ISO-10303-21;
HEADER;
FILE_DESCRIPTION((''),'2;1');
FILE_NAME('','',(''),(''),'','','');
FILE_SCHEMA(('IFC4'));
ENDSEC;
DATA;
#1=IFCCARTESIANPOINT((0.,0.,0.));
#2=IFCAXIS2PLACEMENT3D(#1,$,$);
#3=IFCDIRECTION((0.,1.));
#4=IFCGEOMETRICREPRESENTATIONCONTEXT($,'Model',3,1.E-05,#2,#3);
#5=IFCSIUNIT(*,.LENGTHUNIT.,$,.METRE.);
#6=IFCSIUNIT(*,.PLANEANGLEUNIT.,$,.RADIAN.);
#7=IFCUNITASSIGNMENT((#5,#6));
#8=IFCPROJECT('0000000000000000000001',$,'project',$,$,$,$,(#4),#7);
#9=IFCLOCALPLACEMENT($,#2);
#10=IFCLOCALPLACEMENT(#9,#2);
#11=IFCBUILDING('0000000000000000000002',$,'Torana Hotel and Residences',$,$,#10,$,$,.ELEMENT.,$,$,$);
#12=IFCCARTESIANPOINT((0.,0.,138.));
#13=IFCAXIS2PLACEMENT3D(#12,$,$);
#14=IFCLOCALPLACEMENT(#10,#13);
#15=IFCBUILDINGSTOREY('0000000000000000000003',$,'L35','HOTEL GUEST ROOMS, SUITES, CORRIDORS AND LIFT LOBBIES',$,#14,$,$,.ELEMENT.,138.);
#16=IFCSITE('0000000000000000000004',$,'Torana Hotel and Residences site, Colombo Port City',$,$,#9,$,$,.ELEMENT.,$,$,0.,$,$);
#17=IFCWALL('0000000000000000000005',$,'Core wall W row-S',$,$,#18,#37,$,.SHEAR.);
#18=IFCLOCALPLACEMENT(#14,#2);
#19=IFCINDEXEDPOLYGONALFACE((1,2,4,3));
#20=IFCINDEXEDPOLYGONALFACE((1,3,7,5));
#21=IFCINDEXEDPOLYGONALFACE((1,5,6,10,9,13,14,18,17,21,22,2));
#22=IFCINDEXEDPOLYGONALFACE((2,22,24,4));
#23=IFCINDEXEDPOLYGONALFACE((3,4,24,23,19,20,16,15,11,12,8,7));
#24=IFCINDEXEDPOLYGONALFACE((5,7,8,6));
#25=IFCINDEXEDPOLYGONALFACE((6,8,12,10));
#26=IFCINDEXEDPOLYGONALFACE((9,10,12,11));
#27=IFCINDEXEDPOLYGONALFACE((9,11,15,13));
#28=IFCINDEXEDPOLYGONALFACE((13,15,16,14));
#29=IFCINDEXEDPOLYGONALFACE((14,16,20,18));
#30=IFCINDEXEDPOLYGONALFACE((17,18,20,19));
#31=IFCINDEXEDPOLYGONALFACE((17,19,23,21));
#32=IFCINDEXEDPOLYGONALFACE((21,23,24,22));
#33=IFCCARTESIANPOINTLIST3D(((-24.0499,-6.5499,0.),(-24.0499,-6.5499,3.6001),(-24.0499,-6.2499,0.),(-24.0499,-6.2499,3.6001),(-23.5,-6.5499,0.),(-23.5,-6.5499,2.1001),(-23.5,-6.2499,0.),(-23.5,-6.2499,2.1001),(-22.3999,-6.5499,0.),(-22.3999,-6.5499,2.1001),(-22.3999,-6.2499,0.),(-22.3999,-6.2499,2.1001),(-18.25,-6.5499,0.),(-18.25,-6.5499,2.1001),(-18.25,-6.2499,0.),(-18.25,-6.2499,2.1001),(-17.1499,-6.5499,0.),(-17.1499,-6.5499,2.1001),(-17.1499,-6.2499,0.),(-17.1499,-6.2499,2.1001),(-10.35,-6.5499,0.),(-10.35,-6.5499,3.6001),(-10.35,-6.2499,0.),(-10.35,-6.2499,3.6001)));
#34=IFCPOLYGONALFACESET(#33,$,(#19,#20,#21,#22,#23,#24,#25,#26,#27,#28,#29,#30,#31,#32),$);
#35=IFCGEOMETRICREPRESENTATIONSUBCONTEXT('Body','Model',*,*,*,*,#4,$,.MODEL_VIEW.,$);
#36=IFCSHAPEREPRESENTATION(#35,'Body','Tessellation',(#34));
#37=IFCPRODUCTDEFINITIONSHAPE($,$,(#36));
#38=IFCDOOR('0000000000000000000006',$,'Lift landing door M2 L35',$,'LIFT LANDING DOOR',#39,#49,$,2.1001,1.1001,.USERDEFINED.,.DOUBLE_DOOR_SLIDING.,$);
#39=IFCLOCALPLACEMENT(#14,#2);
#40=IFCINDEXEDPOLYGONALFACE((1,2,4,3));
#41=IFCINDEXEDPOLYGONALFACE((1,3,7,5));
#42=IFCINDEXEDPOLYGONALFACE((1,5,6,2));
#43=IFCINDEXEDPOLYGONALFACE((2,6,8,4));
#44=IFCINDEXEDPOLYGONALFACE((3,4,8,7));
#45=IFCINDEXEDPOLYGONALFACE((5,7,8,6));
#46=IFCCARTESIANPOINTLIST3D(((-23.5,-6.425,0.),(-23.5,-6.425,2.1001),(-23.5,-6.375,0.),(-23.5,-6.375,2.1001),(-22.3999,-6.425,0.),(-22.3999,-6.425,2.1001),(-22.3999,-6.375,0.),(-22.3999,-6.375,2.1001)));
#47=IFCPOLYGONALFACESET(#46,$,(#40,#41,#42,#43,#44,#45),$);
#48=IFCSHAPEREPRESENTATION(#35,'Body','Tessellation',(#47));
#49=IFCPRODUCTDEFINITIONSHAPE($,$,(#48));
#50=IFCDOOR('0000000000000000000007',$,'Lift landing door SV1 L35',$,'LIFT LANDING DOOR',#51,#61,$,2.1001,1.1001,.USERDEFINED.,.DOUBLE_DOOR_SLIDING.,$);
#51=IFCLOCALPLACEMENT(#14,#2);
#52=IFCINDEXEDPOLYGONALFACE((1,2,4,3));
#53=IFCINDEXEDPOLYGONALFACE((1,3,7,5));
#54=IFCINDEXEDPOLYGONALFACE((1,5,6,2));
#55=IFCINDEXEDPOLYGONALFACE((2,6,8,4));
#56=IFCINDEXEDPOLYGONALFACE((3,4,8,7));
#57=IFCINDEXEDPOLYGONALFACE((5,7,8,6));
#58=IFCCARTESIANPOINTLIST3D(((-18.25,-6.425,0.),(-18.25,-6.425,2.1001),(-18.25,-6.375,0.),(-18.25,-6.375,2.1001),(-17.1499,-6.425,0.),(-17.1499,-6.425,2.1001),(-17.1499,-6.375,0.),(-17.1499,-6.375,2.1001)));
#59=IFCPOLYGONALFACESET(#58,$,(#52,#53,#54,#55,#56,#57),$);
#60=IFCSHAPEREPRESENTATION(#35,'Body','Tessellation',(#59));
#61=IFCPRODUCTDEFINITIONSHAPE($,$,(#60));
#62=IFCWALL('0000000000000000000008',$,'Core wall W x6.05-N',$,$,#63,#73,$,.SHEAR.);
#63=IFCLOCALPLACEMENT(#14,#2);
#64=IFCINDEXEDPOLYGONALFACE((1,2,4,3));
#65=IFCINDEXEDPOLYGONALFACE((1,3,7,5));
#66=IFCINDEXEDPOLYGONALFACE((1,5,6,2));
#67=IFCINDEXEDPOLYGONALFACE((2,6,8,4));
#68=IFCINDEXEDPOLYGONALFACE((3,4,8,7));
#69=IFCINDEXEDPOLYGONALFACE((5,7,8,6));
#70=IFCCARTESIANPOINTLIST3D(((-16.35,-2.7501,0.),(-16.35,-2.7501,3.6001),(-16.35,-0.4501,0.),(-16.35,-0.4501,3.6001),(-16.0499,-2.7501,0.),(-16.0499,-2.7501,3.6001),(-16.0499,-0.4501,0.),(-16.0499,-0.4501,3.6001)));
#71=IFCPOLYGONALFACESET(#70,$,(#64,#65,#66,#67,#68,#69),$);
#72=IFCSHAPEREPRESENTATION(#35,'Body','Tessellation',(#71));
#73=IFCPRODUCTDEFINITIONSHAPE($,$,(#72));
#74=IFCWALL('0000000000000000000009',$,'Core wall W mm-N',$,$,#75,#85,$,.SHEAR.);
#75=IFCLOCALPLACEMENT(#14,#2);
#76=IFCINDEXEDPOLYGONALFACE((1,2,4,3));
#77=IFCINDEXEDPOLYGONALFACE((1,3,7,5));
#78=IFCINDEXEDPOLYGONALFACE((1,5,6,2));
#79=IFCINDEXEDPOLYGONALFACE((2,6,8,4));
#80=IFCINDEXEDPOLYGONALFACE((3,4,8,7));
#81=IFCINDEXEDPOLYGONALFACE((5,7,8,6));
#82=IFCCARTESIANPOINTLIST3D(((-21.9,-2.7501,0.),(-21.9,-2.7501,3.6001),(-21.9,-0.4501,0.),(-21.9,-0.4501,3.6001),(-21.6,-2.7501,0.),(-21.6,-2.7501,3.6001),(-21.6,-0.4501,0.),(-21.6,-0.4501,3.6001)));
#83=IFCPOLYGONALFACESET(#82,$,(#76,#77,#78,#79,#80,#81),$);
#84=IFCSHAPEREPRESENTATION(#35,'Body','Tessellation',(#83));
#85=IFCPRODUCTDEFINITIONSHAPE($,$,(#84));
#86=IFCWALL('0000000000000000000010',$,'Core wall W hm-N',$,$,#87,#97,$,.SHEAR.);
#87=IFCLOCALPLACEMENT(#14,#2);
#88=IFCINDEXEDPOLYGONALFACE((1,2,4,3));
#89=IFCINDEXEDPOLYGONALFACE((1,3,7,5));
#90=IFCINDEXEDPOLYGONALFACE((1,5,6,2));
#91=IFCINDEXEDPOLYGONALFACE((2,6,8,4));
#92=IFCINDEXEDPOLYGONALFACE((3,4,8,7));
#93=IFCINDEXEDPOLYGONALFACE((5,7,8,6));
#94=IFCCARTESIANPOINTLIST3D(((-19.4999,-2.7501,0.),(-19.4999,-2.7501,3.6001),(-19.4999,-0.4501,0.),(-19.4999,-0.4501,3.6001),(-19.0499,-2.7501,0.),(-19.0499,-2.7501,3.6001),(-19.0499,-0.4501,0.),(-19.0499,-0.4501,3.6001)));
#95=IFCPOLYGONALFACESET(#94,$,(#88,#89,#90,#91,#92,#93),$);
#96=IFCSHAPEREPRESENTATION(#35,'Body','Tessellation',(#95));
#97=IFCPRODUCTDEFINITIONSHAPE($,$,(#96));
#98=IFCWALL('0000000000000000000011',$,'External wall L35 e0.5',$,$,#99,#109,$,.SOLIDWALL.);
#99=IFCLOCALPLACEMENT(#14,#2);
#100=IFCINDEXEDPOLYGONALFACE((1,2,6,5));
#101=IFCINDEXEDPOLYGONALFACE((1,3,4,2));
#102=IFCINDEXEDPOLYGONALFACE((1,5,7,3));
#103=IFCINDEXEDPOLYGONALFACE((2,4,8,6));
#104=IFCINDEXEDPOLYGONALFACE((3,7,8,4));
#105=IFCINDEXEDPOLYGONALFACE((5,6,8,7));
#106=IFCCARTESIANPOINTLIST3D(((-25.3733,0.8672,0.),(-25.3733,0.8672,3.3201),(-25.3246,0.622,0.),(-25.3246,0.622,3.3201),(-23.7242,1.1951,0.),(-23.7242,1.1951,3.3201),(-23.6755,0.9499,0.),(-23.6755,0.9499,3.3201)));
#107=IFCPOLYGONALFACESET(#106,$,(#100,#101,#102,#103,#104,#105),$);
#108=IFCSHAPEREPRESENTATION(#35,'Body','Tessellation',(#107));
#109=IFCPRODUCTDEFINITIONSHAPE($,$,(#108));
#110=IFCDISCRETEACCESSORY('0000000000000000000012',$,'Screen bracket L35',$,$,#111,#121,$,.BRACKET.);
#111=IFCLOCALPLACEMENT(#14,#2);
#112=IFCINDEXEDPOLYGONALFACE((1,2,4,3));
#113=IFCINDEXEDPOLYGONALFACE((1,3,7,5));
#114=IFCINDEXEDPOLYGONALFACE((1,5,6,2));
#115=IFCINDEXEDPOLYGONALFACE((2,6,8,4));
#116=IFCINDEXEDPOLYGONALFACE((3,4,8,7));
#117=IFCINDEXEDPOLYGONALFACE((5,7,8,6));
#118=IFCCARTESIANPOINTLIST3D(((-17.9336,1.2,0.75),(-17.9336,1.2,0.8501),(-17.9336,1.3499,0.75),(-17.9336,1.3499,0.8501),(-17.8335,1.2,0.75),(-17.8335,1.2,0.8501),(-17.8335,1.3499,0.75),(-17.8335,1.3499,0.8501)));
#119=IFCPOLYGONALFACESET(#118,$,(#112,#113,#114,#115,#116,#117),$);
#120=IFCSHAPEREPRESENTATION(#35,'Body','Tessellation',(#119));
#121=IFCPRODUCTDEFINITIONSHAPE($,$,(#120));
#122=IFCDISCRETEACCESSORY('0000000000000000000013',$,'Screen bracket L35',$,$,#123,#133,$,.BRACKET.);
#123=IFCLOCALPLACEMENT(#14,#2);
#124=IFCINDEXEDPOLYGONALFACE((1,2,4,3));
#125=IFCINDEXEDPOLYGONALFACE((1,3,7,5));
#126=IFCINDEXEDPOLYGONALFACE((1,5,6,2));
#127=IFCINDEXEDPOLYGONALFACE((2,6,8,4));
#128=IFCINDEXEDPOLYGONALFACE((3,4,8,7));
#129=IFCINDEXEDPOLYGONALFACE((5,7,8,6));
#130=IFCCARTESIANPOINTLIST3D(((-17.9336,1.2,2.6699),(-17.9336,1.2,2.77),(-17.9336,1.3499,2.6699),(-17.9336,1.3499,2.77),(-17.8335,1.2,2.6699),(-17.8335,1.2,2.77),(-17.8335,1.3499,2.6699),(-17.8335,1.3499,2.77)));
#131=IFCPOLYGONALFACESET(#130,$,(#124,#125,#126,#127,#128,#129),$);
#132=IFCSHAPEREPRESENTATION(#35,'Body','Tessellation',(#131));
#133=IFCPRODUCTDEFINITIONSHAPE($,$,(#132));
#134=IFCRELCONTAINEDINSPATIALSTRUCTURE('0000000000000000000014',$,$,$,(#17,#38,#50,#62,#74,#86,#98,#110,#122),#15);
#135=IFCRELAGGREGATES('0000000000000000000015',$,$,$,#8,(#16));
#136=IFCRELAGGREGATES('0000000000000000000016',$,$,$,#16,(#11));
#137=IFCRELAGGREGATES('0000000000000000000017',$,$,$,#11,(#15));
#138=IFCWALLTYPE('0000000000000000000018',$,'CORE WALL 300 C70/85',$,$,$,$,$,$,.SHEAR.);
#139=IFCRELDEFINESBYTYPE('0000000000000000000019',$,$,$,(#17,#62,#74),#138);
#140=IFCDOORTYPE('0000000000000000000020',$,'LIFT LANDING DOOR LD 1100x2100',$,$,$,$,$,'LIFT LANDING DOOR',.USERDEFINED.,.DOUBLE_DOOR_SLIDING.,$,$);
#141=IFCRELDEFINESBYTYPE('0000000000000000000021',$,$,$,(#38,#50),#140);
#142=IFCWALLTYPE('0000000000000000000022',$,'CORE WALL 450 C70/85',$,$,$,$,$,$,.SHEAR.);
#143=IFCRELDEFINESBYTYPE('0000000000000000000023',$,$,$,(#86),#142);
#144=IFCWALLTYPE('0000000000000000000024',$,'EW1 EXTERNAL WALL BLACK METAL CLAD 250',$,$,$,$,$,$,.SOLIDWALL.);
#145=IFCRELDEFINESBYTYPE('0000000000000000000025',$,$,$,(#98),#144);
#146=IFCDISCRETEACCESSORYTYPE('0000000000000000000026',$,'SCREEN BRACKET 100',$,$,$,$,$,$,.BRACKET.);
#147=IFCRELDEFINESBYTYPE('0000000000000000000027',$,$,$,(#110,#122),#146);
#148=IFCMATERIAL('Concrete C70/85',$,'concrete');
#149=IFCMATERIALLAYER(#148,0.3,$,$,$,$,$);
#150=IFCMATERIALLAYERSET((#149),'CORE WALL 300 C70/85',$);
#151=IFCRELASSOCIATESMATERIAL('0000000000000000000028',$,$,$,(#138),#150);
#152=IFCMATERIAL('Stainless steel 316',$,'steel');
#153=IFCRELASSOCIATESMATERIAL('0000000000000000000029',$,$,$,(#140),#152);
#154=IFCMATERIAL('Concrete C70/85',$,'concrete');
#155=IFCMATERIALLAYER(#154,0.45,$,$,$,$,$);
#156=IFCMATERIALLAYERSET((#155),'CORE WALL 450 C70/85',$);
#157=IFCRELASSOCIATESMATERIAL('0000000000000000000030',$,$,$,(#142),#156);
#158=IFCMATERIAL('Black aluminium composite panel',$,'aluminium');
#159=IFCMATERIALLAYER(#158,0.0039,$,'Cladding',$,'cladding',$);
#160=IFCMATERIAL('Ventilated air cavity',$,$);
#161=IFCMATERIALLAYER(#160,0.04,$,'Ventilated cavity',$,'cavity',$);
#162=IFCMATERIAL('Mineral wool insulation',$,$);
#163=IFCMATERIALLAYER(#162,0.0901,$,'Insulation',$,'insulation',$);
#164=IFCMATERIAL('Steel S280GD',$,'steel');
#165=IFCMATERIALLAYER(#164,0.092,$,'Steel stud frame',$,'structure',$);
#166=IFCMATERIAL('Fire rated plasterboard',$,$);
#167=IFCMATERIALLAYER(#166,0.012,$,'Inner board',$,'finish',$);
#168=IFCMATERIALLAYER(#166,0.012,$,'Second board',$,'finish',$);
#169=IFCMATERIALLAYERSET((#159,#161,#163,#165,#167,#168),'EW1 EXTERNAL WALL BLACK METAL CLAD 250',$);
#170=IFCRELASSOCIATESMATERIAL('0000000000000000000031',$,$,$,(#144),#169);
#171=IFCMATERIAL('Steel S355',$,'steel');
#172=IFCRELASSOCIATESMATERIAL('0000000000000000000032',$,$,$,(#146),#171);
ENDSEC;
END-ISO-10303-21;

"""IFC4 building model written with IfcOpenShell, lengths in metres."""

from ifc_helpers import new_model, si_unit, direction, frame, frame_2d, origin, origin_2d, place, context, subcontext, project, spatial, rectangle, extrude, material, layer, layer_set, type_object, element, fill, save


model = new_model("IFC4")

# Units and contexts
model_context = context("Model", 3, precision=1e-05, world=origin(), true_north=direction((0.0, 1.0)))
body_context = subcontext(model_context, "Body", "Model", "MODEL_VIEW")
ifc_project = project(units=[si_unit("LENGTHUNIT", "METRE"), si_unit("PLANEANGLEUNIT", "RADIAN")], contexts=[model_context])

# Site, building, storey
site_placement = place(None, origin())
site = spatial("IfcSite", under=ifc_project, at=site_placement, Name="Torana Hotel and Residences site, Colombo Port City", CompositionType="ELEMENT", RefElevation=0.0)
building_placement = place(site_placement, origin())
building = spatial("IfcBuilding", under=site, at=building_placement, Name="Torana Hotel and Residences", CompositionType="ELEMENT")
storey_placement = place(building_placement, frame((0.0, 0.0, 138.0)))
storey = spatial("IfcBuildingStorey", under=building, at=storey_placement, Name="L35", Description="HOTEL GUEST ROOMS, SUITES, CORRIDORS AND LIFT LOBBIES", CompositionType="ELEMENT", Elevation=138.0)

# Wall, openings, doors
ifc_material_1 = material(Name="Concrete C70/85", Category="concrete")
ifc_layer_1 = layer(ifc_material_1, 0.3)
ifc_layer_set_1 = layer_set([ifc_layer_1], Name="CORE WALL 300 C70/85")
wall_type_1 = type_object("IfcWallType", Name="CORE WALL 300 C70/85", PredefinedType="SHEAR", material=ifc_layer_set_1)
ifc_material_2 = material(Name="Stainless steel 316", Category="steel")
door_type_1 = type_object("IfcDoorType", Name="LIFT LANDING DOOR LD 1100x2100", ElementType="LIFT LANDING DOOR", OperationType="DOUBLE_DOOR_SLIDING", PredefinedType="USERDEFINED", material=ifc_material_2)
wall_1_placement = place(storey_placement, frame((-24.05, -6.3999, 0.0), z_axis=(0.0, 0.0, 1.0), x_axis=(1.0, 0.0, 0.0)))
wall_1 = element("IfcWall", 1, at=wall_1_placement, inside=storey, type_object=wall_type_1, Name="Core wall W row-S", PredefinedType="SHEAR", context=body_context, shape_type="SweptSolid", body=[
    extrude(rectangle(XDim=13.7, YDim=0.3, at=frame_2d((6.8501, 0.0))), origin(), (0.0, 0.0, 1.0), 3.6001),
])
opening_1_placement = place(wall_1_placement, frame((0.55, 0.0, 0.0)))
opening_1 = element("IfcOpeningElement", 2, at=opening_1_placement, cuts=wall_1, PredefinedType="OPENING", context=body_context, shape_type="SweptSolid", body=[
    extrude(rectangle(XDim=1.1001, YDim=2.1001, at=frame_2d((0.55, 1.05))), frame((0.0, 0.1599, 0.0), z_axis=(0.0, -1.0, 0.0), x_axis=(1.0, 0.0, 0.0)), (0.0, 0.0, 1.0), 0.3201),
])
opening_2_placement = place(wall_1_placement, frame((5.8, 0.0, 0.0)))
opening_2 = element("IfcOpeningElement", 3, at=opening_2_placement, cuts=wall_1, PredefinedType="OPENING", context=body_context, shape_type="SweptSolid", body=[
    extrude(rectangle(XDim=1.1001, YDim=2.1001, at=frame_2d((0.55, 1.05))), frame((0.0, 0.1599, 0.0), z_axis=(0.0, -1.0, 0.0), x_axis=(1.0, 0.0, 0.0)), (0.0, 0.0, 1.0), 0.3201),
])
door_1_placement = place(opening_1_placement, origin())
door_1 = element("IfcDoor", 4, at=door_1_placement, inside=storey, type_object=door_type_1, Name="Lift landing door M2 L35", ObjectType="LIFT LANDING DOOR", OperationType="DOUBLE_DOOR_SLIDING", OverallHeight=2.1001, OverallWidth=1.1001, PredefinedType="USERDEFINED", context=body_context, shape_type="SweptSolid", body=[
    extrude(rectangle(XDim=1.1001, YDim=2.1001, at=frame_2d((0.55, 1.05))), frame((0.0, 0.0249, 0.0), z_axis=(0.0, -1.0, 0.0), x_axis=(1.0, 0.0, 0.0)), (0.0, 0.0, 1.0), 0.05),
])
fill(opening_1, door_1)
door_2_placement = place(opening_2_placement, origin())
door_2 = element("IfcDoor", 5, at=door_2_placement, inside=storey, type_object=door_type_1, Name="Lift landing door SV1 L35", ObjectType="LIFT LANDING DOOR", OperationType="DOUBLE_DOOR_SLIDING", OverallHeight=2.1001, OverallWidth=1.1001, PredefinedType="USERDEFINED", context=body_context, shape_type="SweptSolid", body=[
    extrude(rectangle(XDim=1.1001, YDim=2.1001, at=frame_2d((0.55, 1.05))), frame((0.0, 0.0249, 0.0), z_axis=(0.0, -1.0, 0.0), x_axis=(1.0, 0.0, 0.0)), (0.0, 0.0, 1.0), 0.05),
])
fill(opening_2, door_2)

# Walls
for number, where, z_axis, x_axis, name in (
    (6, (-16.2, -2.75, 0.0), (0.0, 0.0, 1.0), (0.0, 1.0, 0.0), "Core wall W x6.05-N"),
    (7, (-21.75, -2.75, 0.0), (0.0, 0.0, 1.0), (0.0, 1.0, 0.0), "Core wall W mm-N"),
):
    element("IfcWall", number, at=place(storey_placement, frame(where, z_axis=z_axis, x_axis=x_axis)), inside=storey, type_object=wall_type_1, Name=name, PredefinedType="SHEAR", context=body_context, shape_type="SweptSolid", body=[
        extrude(rectangle(XDim=2.3, YDim=0.3, at=frame_2d((1.1499, 0.0))), origin(), (0.0, 0.0, 1.0), 3.6001),
    ])
ifc_material_3 = material(Name="Concrete C70/85", Category="concrete")
ifc_layer_2 = layer(ifc_material_3, 0.45)
ifc_layer_set_2 = layer_set([ifc_layer_2], Name="CORE WALL 450 C70/85")
wall_type_2 = type_object("IfcWallType", Name="CORE WALL 450 C70/85", PredefinedType="SHEAR", material=ifc_layer_set_2)
wall_2_placement = place(storey_placement, frame((-19.2749, -2.75, 0.0), z_axis=(0.0, 0.0, 1.0), x_axis=(0.0, 1.0, 0.0)))
element("IfcWall", 8, at=wall_2_placement, inside=storey, type_object=wall_type_2, Name="Core wall W hm-N", PredefinedType="SHEAR", context=body_context, shape_type="SweptSolid", body=[
    extrude(rectangle(XDim=2.3, YDim=0.45, at=frame_2d((1.1499, 0.0))), origin(), (0.0, 0.0, 1.0), 3.6001),
])
ifc_material_4 = material(Name="Black aluminium composite panel", Category="aluminium")
ifc_layer_3 = layer(ifc_material_4, 0.0039, Name="Cladding", Category="cladding")
ifc_material_5 = material(Name="Ventilated air cavity")
ifc_layer_4 = layer(ifc_material_5, 0.04, Name="Ventilated cavity", Category="cavity")
ifc_material_6 = material(Name="Mineral wool insulation")
ifc_layer_5 = layer(ifc_material_6, 0.0901, Name="Insulation", Category="insulation")
ifc_material_7 = material(Name="Steel S280GD", Category="steel")
ifc_layer_6 = layer(ifc_material_7, 0.092, Name="Steel stud frame", Category="structure")
ifc_material_8 = material(Name="Fire rated plasterboard")
ifc_layer_7 = layer(ifc_material_8, 0.012, Name="Inner board", Category="finish")
ifc_layer_8 = layer(ifc_material_8, 0.012, Name="Second board", Category="finish")
ifc_layer_set_3 = layer_set([ifc_layer_3, ifc_layer_4, ifc_layer_5, ifc_layer_6, ifc_layer_7, ifc_layer_8], Name="EW1 EXTERNAL WALL BLACK METAL CLAD 250")
wall_type_3 = type_object("IfcWallType", Name="EW1 EXTERNAL WALL BLACK METAL CLAD 250", PredefinedType="SOLIDWALL", material=ifc_layer_set_3)
wall_3_placement = place(storey_placement, frame((-23.6997, 1.0725, 0.0), z_axis=(0.0, 0.0, 1.0), x_axis=(-0.980803, -0.194999, 0.0)))
element("IfcWall", 9, at=wall_3_placement, inside=storey, type_object=wall_type_3, Name="External wall L35 e0.5", PredefinedType="SOLIDWALL", context=body_context, shape_type="SweptSolid", body=[
    extrude(rectangle(XDim=1.6814, YDim=0.25, at=frame_2d((0.8408, 0.0))), origin(), (0.0, 0.0, 1.0), 3.3201),
])

# Discrete accessories
ifc_material_9 = material(Name="Steel S355", Category="steel")
discrete_accessory_type = type_object("IfcDiscreteAccessoryType", Name="SCREEN BRACKET 100", PredefinedType="BRACKET", material=ifc_material_9)
for number, where, z_axis, x_axis, name in (
    (10, (-17.8835, 1.2749, 0.75), (0.0, 0.0, 1.0), (-1.0, 0.0, 0.0), "Screen bracket L35"),
    (11, (-17.8835, 1.2749, 2.6699), (0.0, 0.0, 1.0), (-1.0, 0.0, 0.0), "Screen bracket L35"),
):
    element("IfcDiscreteAccessory", number, at=place(storey_placement, frame(where, z_axis=z_axis, x_axis=x_axis)), inside=storey, type_object=discrete_accessory_type, Name=name, PredefinedType="BRACKET", context=body_context, shape_type="SweptSolid", body=[
        extrude(rectangle(XDim=0.1001, YDim=0.1499, at=origin_2d()), origin(), (0.0, 0.0, 1.0), 0.1001),
    ])

save(model, "model.ifc")
